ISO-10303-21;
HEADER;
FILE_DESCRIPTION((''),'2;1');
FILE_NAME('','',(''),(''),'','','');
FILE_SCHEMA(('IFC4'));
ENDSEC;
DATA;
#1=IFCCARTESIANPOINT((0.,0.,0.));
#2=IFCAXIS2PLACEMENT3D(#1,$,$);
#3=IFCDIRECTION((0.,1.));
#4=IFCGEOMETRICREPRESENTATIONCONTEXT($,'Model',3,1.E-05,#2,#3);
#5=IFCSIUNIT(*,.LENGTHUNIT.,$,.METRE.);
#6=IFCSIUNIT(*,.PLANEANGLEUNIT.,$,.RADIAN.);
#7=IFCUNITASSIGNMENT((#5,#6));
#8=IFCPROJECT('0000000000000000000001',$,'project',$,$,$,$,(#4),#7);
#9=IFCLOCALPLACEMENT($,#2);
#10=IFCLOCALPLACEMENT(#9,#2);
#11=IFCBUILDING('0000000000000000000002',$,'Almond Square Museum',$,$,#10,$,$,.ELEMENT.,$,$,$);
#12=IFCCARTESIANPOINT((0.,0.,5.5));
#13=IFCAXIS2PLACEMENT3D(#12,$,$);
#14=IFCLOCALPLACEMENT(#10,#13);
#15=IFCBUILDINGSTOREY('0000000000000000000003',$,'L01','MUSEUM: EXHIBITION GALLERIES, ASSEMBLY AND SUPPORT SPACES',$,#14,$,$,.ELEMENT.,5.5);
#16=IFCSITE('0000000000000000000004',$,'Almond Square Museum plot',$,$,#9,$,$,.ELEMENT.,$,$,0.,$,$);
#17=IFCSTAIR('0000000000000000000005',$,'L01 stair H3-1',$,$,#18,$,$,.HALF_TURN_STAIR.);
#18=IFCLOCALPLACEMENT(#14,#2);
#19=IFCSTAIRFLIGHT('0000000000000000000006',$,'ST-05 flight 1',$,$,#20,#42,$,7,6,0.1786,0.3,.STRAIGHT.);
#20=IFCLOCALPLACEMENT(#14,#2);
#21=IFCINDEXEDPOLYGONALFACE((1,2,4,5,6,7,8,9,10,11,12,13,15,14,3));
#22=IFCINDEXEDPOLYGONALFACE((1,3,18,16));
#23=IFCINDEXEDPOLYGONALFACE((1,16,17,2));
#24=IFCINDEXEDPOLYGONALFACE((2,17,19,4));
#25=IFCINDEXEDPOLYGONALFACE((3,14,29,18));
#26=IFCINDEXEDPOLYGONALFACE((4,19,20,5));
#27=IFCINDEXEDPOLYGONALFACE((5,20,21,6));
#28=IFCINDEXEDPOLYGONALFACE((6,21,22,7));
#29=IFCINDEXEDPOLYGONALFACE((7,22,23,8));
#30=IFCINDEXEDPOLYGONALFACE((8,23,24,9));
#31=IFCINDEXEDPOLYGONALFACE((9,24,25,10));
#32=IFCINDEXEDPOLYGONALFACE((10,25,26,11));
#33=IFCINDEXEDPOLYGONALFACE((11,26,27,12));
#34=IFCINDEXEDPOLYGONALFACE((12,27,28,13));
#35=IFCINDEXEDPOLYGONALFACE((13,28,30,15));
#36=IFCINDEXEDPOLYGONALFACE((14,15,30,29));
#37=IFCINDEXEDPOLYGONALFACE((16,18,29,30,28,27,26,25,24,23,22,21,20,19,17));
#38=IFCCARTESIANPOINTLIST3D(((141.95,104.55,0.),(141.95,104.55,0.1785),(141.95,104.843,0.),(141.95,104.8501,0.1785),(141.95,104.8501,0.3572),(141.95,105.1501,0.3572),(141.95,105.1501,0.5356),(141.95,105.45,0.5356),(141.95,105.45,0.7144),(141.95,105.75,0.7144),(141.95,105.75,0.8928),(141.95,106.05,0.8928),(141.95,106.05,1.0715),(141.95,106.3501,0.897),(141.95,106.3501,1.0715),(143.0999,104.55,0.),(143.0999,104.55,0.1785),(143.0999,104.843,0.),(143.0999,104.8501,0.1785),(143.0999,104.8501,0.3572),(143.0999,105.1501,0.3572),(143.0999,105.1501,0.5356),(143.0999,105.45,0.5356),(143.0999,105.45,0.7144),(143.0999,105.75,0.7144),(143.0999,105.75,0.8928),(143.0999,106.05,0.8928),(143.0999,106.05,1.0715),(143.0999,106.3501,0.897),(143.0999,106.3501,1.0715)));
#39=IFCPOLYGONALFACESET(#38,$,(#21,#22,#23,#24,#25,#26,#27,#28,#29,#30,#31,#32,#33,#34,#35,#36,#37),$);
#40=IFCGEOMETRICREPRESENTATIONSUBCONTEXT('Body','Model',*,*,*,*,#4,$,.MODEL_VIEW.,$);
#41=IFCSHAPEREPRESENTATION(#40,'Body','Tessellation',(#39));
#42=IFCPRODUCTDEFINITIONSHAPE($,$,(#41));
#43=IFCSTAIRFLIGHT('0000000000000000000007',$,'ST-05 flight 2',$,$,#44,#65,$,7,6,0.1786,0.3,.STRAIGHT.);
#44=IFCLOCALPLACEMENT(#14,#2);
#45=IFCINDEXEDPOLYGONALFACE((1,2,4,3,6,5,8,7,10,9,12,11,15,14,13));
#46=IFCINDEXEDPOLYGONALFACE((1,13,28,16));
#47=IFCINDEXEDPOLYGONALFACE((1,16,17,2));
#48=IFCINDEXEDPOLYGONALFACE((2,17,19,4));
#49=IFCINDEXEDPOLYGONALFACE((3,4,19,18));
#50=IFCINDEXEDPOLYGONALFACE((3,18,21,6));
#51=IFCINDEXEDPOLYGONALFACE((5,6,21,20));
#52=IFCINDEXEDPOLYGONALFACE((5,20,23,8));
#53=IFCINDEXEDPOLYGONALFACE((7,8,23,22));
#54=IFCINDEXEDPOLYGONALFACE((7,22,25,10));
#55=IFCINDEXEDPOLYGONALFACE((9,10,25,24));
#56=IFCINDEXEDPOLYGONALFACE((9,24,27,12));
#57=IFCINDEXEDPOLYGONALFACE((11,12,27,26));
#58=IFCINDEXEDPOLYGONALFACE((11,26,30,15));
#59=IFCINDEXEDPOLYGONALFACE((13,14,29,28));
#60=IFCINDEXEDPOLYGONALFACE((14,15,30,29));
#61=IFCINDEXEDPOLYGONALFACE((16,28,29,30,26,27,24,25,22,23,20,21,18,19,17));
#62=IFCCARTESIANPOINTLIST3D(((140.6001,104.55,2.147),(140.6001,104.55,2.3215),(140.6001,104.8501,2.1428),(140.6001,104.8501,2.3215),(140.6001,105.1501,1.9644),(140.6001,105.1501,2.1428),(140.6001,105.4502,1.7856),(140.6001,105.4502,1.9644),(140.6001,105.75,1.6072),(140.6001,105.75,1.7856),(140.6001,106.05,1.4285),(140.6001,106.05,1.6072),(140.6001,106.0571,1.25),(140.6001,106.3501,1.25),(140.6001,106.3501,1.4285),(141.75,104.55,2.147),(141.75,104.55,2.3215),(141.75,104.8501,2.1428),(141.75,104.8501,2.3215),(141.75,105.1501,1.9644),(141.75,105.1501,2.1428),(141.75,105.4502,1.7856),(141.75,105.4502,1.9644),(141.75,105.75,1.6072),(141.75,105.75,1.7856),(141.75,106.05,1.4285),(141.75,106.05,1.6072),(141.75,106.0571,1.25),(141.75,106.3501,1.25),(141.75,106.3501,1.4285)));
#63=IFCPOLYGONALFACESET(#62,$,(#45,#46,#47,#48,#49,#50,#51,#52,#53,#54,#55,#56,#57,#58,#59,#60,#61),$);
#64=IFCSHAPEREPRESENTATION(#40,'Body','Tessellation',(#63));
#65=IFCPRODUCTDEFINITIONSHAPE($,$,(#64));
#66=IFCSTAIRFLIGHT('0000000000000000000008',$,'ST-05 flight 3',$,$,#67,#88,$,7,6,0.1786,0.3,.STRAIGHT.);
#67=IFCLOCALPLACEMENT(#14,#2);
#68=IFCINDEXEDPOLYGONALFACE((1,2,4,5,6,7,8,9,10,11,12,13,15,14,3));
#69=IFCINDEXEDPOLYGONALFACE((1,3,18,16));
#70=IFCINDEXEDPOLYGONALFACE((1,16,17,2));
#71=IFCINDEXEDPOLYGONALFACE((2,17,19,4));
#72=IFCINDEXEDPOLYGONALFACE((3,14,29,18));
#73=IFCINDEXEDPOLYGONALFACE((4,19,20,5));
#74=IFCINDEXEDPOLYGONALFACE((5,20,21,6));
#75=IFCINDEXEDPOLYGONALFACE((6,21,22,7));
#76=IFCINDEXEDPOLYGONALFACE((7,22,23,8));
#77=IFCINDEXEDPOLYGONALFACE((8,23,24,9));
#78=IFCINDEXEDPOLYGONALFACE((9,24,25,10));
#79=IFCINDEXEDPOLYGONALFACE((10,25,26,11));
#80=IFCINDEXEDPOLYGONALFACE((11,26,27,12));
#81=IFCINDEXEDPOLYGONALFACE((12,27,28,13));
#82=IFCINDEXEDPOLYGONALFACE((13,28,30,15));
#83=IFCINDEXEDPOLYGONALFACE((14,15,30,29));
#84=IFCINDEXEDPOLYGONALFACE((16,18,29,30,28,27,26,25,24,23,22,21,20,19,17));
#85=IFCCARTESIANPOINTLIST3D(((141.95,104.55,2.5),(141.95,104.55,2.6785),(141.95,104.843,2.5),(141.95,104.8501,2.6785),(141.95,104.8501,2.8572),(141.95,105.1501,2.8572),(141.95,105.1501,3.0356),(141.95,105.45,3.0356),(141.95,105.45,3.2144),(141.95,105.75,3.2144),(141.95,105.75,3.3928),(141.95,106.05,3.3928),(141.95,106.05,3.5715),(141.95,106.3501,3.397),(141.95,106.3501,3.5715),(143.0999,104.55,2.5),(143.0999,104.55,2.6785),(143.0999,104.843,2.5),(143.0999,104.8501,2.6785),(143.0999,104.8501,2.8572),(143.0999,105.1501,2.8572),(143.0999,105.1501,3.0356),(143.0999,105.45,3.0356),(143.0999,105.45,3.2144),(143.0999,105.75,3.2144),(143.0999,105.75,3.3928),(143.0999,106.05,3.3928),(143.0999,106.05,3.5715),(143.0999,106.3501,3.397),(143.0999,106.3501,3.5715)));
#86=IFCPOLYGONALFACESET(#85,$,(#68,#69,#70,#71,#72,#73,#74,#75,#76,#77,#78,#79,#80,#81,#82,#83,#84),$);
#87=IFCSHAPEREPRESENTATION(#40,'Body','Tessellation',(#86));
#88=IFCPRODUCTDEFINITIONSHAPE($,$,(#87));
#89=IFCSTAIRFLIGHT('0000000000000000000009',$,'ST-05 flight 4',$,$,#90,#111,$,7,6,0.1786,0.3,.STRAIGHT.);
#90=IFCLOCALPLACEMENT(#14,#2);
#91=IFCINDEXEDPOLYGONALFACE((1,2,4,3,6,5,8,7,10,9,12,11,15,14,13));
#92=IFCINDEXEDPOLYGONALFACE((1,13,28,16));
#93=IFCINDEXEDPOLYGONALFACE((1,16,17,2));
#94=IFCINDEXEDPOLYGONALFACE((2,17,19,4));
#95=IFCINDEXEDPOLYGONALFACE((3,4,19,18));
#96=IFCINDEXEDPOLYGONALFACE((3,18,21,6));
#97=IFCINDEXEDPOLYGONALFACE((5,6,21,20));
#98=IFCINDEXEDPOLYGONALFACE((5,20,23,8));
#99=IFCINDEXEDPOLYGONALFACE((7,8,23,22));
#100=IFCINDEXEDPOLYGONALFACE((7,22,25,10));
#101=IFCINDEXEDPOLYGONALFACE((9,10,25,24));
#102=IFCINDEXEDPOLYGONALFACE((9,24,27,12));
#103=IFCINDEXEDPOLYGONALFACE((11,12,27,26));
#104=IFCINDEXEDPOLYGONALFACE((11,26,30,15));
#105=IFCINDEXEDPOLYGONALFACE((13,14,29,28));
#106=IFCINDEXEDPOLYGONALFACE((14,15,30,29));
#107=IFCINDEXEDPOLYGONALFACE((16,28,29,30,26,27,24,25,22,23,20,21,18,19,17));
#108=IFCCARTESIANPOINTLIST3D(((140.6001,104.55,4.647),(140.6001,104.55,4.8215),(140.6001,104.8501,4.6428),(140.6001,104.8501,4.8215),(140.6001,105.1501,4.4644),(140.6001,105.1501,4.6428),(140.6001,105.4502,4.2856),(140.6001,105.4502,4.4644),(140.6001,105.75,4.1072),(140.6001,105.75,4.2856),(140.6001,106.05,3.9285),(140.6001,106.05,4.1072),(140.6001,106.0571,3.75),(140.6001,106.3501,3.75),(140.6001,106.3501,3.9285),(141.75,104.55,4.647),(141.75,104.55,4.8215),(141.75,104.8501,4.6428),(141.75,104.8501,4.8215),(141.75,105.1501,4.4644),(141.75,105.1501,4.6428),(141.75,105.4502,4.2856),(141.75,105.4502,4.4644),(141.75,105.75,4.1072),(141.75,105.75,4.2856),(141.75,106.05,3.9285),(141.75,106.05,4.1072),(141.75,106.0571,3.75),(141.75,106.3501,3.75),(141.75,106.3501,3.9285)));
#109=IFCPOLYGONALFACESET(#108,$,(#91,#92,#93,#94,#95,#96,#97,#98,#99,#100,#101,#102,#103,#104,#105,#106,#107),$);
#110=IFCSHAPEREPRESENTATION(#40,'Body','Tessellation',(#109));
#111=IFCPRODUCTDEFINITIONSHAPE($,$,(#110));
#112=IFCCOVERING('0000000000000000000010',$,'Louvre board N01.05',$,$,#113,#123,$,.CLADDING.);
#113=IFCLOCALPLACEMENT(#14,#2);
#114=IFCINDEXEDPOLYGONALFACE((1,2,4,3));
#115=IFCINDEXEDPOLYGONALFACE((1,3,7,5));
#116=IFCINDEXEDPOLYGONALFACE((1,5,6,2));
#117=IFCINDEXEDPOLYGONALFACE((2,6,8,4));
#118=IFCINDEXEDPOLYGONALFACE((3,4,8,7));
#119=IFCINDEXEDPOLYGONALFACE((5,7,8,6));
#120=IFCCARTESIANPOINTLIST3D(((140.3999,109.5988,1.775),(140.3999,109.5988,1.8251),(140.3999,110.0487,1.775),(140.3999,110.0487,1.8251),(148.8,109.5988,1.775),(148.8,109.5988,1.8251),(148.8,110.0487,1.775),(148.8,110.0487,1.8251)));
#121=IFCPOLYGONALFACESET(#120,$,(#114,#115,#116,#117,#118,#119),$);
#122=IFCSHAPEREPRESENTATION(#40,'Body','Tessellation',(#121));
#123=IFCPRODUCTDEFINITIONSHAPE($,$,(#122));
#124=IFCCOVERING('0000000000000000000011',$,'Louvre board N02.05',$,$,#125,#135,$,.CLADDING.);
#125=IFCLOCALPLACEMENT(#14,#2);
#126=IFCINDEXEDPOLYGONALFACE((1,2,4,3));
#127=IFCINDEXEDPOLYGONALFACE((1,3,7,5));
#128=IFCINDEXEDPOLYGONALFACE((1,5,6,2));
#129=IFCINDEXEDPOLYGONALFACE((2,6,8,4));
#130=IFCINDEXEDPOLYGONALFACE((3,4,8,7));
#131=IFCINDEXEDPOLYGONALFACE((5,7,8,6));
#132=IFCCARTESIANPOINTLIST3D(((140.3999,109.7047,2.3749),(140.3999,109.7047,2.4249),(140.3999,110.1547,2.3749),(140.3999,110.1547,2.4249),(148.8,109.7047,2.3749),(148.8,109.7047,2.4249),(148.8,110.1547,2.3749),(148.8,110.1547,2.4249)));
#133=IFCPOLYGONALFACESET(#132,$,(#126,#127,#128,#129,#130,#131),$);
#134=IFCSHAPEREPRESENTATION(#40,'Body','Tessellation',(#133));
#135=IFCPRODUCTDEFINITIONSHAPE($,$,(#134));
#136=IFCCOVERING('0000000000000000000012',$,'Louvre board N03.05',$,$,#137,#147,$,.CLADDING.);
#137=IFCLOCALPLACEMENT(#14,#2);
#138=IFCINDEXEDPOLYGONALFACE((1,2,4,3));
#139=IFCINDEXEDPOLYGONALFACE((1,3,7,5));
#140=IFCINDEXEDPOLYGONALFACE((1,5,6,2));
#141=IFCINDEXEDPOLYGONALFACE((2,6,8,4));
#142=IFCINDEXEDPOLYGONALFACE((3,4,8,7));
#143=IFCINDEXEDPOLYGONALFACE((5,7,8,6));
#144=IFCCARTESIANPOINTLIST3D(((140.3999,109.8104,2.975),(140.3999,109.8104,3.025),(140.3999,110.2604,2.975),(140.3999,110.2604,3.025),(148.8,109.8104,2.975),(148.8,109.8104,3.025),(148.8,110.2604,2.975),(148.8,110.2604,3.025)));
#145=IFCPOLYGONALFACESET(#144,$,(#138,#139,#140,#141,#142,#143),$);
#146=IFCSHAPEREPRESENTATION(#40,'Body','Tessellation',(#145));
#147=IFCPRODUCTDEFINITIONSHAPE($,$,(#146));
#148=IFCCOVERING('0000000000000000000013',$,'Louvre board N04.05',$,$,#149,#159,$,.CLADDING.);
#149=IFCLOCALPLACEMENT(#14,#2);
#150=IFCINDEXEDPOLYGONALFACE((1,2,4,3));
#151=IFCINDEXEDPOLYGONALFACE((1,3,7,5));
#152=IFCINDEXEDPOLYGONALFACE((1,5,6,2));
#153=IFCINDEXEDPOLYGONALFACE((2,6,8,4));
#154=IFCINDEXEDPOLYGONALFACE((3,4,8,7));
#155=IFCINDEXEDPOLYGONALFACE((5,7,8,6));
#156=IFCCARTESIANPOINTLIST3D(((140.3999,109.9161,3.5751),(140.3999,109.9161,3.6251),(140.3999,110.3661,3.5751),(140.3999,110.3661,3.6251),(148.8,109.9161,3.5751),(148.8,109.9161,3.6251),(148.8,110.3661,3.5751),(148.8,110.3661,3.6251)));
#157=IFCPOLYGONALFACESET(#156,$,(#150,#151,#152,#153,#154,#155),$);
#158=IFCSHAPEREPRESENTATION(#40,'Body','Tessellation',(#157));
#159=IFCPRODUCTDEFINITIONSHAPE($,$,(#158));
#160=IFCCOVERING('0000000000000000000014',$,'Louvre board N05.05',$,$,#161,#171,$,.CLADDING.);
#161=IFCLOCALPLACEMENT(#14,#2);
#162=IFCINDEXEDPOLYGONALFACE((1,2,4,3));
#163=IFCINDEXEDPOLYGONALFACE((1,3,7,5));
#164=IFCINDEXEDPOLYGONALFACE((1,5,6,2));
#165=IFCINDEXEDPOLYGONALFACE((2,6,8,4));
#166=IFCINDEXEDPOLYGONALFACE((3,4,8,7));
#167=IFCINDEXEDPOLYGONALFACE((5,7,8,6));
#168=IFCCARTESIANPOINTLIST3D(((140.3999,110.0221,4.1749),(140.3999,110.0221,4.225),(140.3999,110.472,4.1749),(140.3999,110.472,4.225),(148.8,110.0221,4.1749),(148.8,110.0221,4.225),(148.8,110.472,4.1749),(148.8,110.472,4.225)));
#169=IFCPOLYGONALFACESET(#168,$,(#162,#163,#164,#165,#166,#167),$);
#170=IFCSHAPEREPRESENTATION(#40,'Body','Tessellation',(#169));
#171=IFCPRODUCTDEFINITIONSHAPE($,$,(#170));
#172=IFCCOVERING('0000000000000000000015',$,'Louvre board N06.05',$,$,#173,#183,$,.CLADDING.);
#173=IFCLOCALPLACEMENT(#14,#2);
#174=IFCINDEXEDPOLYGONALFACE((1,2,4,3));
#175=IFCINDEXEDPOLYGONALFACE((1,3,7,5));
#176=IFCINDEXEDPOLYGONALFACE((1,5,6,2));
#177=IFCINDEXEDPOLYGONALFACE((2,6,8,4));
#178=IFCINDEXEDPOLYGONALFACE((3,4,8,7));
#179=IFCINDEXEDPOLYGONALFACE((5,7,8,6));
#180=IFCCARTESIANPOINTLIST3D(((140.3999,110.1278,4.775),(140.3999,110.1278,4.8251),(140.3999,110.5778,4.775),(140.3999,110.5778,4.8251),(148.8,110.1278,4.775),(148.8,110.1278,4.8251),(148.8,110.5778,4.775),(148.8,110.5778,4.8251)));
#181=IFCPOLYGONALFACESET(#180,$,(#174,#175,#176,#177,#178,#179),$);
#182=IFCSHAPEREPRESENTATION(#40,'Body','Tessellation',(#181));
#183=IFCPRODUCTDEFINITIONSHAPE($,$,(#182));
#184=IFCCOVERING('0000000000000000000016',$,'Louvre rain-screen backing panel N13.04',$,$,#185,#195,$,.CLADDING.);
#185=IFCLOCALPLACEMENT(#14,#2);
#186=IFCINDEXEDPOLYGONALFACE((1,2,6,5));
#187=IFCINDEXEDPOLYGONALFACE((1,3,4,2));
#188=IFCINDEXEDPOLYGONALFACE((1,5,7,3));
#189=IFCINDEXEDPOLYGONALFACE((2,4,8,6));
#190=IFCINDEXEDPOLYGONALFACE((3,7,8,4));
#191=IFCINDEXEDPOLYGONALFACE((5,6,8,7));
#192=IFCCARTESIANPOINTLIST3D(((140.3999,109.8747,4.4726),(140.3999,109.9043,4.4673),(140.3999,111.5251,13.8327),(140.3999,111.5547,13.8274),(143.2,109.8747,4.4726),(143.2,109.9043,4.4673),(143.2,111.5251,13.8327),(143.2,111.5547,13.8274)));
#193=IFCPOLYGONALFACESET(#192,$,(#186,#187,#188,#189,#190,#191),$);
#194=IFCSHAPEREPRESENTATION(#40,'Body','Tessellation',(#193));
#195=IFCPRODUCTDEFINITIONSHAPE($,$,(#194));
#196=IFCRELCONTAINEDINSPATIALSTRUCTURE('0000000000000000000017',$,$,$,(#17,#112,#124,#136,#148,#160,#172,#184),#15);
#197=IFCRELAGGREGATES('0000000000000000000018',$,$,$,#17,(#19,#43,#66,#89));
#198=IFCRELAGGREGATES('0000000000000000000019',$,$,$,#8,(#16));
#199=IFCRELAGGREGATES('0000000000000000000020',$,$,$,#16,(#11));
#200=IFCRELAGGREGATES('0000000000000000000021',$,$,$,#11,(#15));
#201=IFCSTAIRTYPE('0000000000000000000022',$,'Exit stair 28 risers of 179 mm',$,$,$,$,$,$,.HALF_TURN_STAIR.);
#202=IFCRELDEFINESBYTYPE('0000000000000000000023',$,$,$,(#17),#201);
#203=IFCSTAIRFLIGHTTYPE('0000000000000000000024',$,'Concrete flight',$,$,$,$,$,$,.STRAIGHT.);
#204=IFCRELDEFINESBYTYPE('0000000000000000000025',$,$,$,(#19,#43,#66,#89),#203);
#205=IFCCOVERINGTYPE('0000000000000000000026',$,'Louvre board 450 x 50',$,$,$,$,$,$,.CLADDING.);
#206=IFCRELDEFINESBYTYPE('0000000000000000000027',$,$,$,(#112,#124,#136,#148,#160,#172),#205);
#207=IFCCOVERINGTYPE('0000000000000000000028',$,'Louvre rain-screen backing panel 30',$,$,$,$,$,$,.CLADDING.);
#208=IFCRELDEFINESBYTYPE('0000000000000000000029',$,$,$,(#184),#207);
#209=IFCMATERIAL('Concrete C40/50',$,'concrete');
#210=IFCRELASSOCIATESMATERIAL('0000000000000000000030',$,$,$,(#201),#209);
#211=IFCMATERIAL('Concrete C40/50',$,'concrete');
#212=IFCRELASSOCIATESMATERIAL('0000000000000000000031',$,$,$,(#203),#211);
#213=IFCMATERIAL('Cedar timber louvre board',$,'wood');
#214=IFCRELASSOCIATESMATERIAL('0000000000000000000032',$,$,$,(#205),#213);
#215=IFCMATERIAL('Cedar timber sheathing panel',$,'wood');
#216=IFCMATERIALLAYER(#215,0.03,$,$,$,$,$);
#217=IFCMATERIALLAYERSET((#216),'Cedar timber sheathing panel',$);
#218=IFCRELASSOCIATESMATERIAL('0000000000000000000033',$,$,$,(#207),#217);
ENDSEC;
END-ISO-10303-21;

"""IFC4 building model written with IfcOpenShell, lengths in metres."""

from ifc_helpers import new_model, si_unit, direction, frame, origin, origin_2d, place, context, subcontext, project, spatial, polyline, rectangle, outline, extrude, material, layer, layer_set, material_profile, profile_set, type_object, element, aggregate, save


model = new_model("IFC4")

# Units and contexts
model_context = context("Model", 3, precision=1e-05, world=origin(), true_north=direction((0.0, 1.0)))
body_context = subcontext(model_context, "Body", "Model", "MODEL_VIEW")
ifc_project = project(units=[si_unit("LENGTHUNIT", "METRE"), si_unit("PLANEANGLEUNIT", "RADIAN")], contexts=[model_context])

# Site, building, storey
site_placement = place(None, origin())
site = spatial("IfcSite", under=ifc_project, at=site_placement, Name="Almond Square Museum plot", CompositionType="ELEMENT", RefElevation=0.0)
building_placement = place(site_placement, origin())
building = spatial("IfcBuilding", under=site, at=building_placement, Name="Almond Square Museum", CompositionType="ELEMENT")
storey_placement = place(building_placement, frame((0.0, 0.0, 5.5)))
storey = spatial("IfcBuildingStorey", under=building, at=storey_placement, Name="L01", Description="MUSEUM: EXHIBITION GALLERIES, ASSEMBLY AND SUPPORT SPACES", CompositionType="ELEMENT", Elevation=5.5)

# Stair, stair flights
ifc_material_1 = material(Name="Concrete C40/50", Category="concrete")
stair_type = type_object("IfcStairType", Name="Exit stair 28 risers of 179 mm", PredefinedType="HALF_TURN_STAIR", material=ifc_material_1)
stair_placement = place(storey_placement, origin())
stair = element("IfcStair", 1, at=stair_placement, inside=storey, type_object=stair_type, Name="L01 stair H3-1", PredefinedType="HALF_TURN_STAIR")
ifc_material_2 = material(Name="Concrete C40/50", Category="concrete")
stair_flight_type = type_object("IfcStairFlightType", Name="Concrete flight", PredefinedType="STRAIGHT", material=ifc_material_2)
stair_flight_1_placement = place(storey_placement, frame((142.5249, 104.55, 0.0), z_axis=(0.0, 0.0, 1.0), x_axis=(0.0, 1.0, 0.0)))
stair_flight_1 = element("IfcStairFlight", 2, at=stair_flight_1_placement, type_object=stair_flight_type, Name="ST-05 flight 1", NumberOfRisers=7, NumberOfTreads=6, PredefinedType="STRAIGHT", RiserHeight=0.1786, TreadLength=0.3, context=body_context, shape_type="SweptSolid", body=[
    extrude(outline(polyline([(0.0, 0.0), (0.0, 0.1785), (0.3, 0.1785), (0.3, 0.3572), (0.6001, 0.3572), (0.6001, 0.5356), (0.8999, 0.5356), (0.8999, 0.7144), (1.2, 0.7144), (1.2, 0.8928), (1.5, 0.8928), (1.5, 1.0715), (1.8, 1.0715), (1.8, 1.25), (1.8, 0.897), (0.293, 0.0), (0.0, 0.0)])), frame((0.0, 0.575, 0.0), z_axis=(0.0, -1.0, 0.0), x_axis=(1.0, 0.0, 0.0)), (0.0, 0.0, 1.0), 1.1499),
])
stair_flight_2_placement = place(storey_placement, frame((141.175, 106.3501, 1.25), z_axis=(0.0, 0.0, 1.0), x_axis=(0.0, -1.0, 0.0)))
stair_flight_2 = element("IfcStairFlight", 3, at=stair_flight_2_placement, type_object=stair_flight_type, Name="ST-05 flight 2", NumberOfRisers=7, NumberOfTreads=6, PredefinedType="STRAIGHT", RiserHeight=0.1786, TreadLength=0.3, context=body_context, shape_type="SweptSolid", body=[
    extrude(outline(polyline([(0.0, 0.0), (0.0, 0.1785), (0.3, 0.1785), (0.3, 0.3572), (0.6001, 0.3572), (0.6001, 0.5356), (0.8999, 0.5356), (0.8999, 0.7144), (1.2, 0.7144), (1.2, 0.8928), (1.5, 0.8928), (1.5, 1.0715), (1.8, 1.0715), (1.8, 1.25), (1.8, 0.897), (0.293, 0.0), (0.0, 0.0)])), frame((0.0, 0.575, 0.0), z_axis=(0.0, -1.0, 0.0), x_axis=(1.0, 0.0, 0.0)), (0.0, 0.0, 1.0), 1.1499),
])
stair_flight_3_placement = place(storey_placement, frame((142.5249, 104.55, 2.5), z_axis=(0.0, 0.0, 1.0), x_axis=(0.0, 1.0, 0.0)))
stair_flight_3 = element("IfcStairFlight", 4, at=stair_flight_3_placement, type_object=stair_flight_type, Name="ST-05 flight 3", NumberOfRisers=7, NumberOfTreads=6, PredefinedType="STRAIGHT", RiserHeight=0.1786, TreadLength=0.3, context=body_context, shape_type="SweptSolid", body=[
    extrude(outline(polyline([(0.0, 0.0), (0.0, 0.1785), (0.3, 0.1785), (0.3, 0.3572), (0.6001, 0.3572), (0.6001, 0.5356), (0.8999, 0.5356), (0.8999, 0.7144), (1.2, 0.7144), (1.2, 0.8928), (1.5, 0.8928), (1.5, 1.0715), (1.8, 1.0715), (1.8, 1.25), (1.8, 0.897), (0.293, 0.0), (0.0, 0.0)])), frame((0.0, 0.575, 0.0), z_axis=(0.0, -1.0, 0.0), x_axis=(1.0, 0.0, 0.0)), (0.0, 0.0, 1.0), 1.1499),
])
stair_flight_4_placement = place(storey_placement, frame((141.175, 106.3501, 3.75), z_axis=(0.0, 0.0, 1.0), x_axis=(0.0, -1.0, 0.0)))
stair_flight_4 = element("IfcStairFlight", 5, at=stair_flight_4_placement, type_object=stair_flight_type, Name="ST-05 flight 4", NumberOfRisers=7, NumberOfTreads=6, PredefinedType="STRAIGHT", RiserHeight=0.1786, TreadLength=0.3, context=body_context, shape_type="SweptSolid", body=[
    extrude(outline(polyline([(0.0, 0.0), (0.0, 0.1785), (0.3, 0.1785), (0.3, 0.3572), (0.6001, 0.3572), (0.6001, 0.5356), (0.8999, 0.5356), (0.8999, 0.7144), (1.2, 0.7144), (1.2, 0.8928), (1.5, 0.8928), (1.5, 1.0715), (1.8, 1.0715), (1.8, 1.25), (1.8, 0.897), (0.293, 0.0), (0.0, 0.0)])), frame((0.0, 0.575, 0.0), z_axis=(0.0, -1.0, 0.0), x_axis=(1.0, 0.0, 0.0)), (0.0, 0.0, 1.0), 1.1499),
])
aggregate(stair, [stair_flight_1, stair_flight_2, stair_flight_3, stair_flight_4])

# Coverings
ifc_material_3 = material(Name="Cedar timber louvre board", Category="wood")
ifc_material_profile = material_profile(ifc_material_3, rectangle(XDim=0.45, YDim=0.05, at=origin_2d()))
ifc_profile_set = profile_set([ifc_material_profile], Name="Cedar timber louvre board")
covering_type_1 = type_object("IfcCoveringType", Name="Louvre board 450 x 50", PredefinedType="CLADDING", material=ifc_profile_set)
for number, where, z_axis, x_axis, name in (
    (6, (140.3999, 109.8237, 1.8), (1.0, 0.0, 0.0), (0.0, 1.0, 0.0), "Louvre board N01.05"),
    (7, (140.3999, 109.9297, 2.3999), (1.0, 0.0, 0.0), (0.0, 1.0, 0.0), "Louvre board N02.05"),
    (8, (140.3999, 110.0354, 3.0), (1.0, 0.0, 0.0), (0.0, 1.0, 0.0), "Louvre board N03.05"),
    (9, (140.3999, 110.1411, 3.6001), (1.0, 0.0, 0.0), (0.0, 1.0, 0.0), "Louvre board N04.05"),
    (10, (140.3999, 110.2471, 4.2), (1.0, 0.0, 0.0), (0.0, 1.0, 0.0), "Louvre board N05.05"),
    (11, (140.3999, 110.3528, 4.8), (1.0, 0.0, 0.0), (0.0, 1.0, 0.0), "Louvre board N06.05"),
):
    element("IfcCovering", number, at=place(storey_placement, frame(where, z_axis=z_axis, x_axis=x_axis)), inside=storey, type_object=covering_type_1, Name=name, PredefinedType="CLADDING", context=body_context, shape_type="SweptSolid", body=[
        extrude(rectangle(XDim=0.45, YDim=0.05, at=origin_2d()), origin(), (0.0, 0.0, 1.0), 8.4001),
    ])
ifc_material_4 = material(Name="Cedar timber sheathing panel", Category="wood")
ifc_layer_1 = layer(ifc_material_4, 0.03)
ifc_layer_set_1 = layer_set([ifc_layer_1], Name="Cedar timber sheathing panel")
covering_type_2 = type_object("IfcCoveringType", Name="Louvre rain-screen backing panel 30", PredefinedType="CLADDING", material=ifc_layer_set_1)
covering_1_placement = place(storey_placement, frame((140.3999, 109.8894, 4.47), z_axis=(0.0, -0.984809, 0.173643), x_axis=(1.0, 0.0, 0.0)))
element("IfcCovering", 12, at=covering_1_placement, inside=storey, type_object=covering_type_2, Name="Louvre rain-screen backing panel N13.04", PredefinedType="CLADDING", context=body_context, shape_type="SweptSolid", body=[
    extrude(outline(polyline([(0.0, 0.0), (2.8, 0.0), (2.8, 9.5045), (0.0, 9.5045), (0.0, 0.0)])), frame((0.0, 0.0, -0.0151)), (0.0, 0.0, 1.0), 0.03),
])

save(model, "model.ifc")
